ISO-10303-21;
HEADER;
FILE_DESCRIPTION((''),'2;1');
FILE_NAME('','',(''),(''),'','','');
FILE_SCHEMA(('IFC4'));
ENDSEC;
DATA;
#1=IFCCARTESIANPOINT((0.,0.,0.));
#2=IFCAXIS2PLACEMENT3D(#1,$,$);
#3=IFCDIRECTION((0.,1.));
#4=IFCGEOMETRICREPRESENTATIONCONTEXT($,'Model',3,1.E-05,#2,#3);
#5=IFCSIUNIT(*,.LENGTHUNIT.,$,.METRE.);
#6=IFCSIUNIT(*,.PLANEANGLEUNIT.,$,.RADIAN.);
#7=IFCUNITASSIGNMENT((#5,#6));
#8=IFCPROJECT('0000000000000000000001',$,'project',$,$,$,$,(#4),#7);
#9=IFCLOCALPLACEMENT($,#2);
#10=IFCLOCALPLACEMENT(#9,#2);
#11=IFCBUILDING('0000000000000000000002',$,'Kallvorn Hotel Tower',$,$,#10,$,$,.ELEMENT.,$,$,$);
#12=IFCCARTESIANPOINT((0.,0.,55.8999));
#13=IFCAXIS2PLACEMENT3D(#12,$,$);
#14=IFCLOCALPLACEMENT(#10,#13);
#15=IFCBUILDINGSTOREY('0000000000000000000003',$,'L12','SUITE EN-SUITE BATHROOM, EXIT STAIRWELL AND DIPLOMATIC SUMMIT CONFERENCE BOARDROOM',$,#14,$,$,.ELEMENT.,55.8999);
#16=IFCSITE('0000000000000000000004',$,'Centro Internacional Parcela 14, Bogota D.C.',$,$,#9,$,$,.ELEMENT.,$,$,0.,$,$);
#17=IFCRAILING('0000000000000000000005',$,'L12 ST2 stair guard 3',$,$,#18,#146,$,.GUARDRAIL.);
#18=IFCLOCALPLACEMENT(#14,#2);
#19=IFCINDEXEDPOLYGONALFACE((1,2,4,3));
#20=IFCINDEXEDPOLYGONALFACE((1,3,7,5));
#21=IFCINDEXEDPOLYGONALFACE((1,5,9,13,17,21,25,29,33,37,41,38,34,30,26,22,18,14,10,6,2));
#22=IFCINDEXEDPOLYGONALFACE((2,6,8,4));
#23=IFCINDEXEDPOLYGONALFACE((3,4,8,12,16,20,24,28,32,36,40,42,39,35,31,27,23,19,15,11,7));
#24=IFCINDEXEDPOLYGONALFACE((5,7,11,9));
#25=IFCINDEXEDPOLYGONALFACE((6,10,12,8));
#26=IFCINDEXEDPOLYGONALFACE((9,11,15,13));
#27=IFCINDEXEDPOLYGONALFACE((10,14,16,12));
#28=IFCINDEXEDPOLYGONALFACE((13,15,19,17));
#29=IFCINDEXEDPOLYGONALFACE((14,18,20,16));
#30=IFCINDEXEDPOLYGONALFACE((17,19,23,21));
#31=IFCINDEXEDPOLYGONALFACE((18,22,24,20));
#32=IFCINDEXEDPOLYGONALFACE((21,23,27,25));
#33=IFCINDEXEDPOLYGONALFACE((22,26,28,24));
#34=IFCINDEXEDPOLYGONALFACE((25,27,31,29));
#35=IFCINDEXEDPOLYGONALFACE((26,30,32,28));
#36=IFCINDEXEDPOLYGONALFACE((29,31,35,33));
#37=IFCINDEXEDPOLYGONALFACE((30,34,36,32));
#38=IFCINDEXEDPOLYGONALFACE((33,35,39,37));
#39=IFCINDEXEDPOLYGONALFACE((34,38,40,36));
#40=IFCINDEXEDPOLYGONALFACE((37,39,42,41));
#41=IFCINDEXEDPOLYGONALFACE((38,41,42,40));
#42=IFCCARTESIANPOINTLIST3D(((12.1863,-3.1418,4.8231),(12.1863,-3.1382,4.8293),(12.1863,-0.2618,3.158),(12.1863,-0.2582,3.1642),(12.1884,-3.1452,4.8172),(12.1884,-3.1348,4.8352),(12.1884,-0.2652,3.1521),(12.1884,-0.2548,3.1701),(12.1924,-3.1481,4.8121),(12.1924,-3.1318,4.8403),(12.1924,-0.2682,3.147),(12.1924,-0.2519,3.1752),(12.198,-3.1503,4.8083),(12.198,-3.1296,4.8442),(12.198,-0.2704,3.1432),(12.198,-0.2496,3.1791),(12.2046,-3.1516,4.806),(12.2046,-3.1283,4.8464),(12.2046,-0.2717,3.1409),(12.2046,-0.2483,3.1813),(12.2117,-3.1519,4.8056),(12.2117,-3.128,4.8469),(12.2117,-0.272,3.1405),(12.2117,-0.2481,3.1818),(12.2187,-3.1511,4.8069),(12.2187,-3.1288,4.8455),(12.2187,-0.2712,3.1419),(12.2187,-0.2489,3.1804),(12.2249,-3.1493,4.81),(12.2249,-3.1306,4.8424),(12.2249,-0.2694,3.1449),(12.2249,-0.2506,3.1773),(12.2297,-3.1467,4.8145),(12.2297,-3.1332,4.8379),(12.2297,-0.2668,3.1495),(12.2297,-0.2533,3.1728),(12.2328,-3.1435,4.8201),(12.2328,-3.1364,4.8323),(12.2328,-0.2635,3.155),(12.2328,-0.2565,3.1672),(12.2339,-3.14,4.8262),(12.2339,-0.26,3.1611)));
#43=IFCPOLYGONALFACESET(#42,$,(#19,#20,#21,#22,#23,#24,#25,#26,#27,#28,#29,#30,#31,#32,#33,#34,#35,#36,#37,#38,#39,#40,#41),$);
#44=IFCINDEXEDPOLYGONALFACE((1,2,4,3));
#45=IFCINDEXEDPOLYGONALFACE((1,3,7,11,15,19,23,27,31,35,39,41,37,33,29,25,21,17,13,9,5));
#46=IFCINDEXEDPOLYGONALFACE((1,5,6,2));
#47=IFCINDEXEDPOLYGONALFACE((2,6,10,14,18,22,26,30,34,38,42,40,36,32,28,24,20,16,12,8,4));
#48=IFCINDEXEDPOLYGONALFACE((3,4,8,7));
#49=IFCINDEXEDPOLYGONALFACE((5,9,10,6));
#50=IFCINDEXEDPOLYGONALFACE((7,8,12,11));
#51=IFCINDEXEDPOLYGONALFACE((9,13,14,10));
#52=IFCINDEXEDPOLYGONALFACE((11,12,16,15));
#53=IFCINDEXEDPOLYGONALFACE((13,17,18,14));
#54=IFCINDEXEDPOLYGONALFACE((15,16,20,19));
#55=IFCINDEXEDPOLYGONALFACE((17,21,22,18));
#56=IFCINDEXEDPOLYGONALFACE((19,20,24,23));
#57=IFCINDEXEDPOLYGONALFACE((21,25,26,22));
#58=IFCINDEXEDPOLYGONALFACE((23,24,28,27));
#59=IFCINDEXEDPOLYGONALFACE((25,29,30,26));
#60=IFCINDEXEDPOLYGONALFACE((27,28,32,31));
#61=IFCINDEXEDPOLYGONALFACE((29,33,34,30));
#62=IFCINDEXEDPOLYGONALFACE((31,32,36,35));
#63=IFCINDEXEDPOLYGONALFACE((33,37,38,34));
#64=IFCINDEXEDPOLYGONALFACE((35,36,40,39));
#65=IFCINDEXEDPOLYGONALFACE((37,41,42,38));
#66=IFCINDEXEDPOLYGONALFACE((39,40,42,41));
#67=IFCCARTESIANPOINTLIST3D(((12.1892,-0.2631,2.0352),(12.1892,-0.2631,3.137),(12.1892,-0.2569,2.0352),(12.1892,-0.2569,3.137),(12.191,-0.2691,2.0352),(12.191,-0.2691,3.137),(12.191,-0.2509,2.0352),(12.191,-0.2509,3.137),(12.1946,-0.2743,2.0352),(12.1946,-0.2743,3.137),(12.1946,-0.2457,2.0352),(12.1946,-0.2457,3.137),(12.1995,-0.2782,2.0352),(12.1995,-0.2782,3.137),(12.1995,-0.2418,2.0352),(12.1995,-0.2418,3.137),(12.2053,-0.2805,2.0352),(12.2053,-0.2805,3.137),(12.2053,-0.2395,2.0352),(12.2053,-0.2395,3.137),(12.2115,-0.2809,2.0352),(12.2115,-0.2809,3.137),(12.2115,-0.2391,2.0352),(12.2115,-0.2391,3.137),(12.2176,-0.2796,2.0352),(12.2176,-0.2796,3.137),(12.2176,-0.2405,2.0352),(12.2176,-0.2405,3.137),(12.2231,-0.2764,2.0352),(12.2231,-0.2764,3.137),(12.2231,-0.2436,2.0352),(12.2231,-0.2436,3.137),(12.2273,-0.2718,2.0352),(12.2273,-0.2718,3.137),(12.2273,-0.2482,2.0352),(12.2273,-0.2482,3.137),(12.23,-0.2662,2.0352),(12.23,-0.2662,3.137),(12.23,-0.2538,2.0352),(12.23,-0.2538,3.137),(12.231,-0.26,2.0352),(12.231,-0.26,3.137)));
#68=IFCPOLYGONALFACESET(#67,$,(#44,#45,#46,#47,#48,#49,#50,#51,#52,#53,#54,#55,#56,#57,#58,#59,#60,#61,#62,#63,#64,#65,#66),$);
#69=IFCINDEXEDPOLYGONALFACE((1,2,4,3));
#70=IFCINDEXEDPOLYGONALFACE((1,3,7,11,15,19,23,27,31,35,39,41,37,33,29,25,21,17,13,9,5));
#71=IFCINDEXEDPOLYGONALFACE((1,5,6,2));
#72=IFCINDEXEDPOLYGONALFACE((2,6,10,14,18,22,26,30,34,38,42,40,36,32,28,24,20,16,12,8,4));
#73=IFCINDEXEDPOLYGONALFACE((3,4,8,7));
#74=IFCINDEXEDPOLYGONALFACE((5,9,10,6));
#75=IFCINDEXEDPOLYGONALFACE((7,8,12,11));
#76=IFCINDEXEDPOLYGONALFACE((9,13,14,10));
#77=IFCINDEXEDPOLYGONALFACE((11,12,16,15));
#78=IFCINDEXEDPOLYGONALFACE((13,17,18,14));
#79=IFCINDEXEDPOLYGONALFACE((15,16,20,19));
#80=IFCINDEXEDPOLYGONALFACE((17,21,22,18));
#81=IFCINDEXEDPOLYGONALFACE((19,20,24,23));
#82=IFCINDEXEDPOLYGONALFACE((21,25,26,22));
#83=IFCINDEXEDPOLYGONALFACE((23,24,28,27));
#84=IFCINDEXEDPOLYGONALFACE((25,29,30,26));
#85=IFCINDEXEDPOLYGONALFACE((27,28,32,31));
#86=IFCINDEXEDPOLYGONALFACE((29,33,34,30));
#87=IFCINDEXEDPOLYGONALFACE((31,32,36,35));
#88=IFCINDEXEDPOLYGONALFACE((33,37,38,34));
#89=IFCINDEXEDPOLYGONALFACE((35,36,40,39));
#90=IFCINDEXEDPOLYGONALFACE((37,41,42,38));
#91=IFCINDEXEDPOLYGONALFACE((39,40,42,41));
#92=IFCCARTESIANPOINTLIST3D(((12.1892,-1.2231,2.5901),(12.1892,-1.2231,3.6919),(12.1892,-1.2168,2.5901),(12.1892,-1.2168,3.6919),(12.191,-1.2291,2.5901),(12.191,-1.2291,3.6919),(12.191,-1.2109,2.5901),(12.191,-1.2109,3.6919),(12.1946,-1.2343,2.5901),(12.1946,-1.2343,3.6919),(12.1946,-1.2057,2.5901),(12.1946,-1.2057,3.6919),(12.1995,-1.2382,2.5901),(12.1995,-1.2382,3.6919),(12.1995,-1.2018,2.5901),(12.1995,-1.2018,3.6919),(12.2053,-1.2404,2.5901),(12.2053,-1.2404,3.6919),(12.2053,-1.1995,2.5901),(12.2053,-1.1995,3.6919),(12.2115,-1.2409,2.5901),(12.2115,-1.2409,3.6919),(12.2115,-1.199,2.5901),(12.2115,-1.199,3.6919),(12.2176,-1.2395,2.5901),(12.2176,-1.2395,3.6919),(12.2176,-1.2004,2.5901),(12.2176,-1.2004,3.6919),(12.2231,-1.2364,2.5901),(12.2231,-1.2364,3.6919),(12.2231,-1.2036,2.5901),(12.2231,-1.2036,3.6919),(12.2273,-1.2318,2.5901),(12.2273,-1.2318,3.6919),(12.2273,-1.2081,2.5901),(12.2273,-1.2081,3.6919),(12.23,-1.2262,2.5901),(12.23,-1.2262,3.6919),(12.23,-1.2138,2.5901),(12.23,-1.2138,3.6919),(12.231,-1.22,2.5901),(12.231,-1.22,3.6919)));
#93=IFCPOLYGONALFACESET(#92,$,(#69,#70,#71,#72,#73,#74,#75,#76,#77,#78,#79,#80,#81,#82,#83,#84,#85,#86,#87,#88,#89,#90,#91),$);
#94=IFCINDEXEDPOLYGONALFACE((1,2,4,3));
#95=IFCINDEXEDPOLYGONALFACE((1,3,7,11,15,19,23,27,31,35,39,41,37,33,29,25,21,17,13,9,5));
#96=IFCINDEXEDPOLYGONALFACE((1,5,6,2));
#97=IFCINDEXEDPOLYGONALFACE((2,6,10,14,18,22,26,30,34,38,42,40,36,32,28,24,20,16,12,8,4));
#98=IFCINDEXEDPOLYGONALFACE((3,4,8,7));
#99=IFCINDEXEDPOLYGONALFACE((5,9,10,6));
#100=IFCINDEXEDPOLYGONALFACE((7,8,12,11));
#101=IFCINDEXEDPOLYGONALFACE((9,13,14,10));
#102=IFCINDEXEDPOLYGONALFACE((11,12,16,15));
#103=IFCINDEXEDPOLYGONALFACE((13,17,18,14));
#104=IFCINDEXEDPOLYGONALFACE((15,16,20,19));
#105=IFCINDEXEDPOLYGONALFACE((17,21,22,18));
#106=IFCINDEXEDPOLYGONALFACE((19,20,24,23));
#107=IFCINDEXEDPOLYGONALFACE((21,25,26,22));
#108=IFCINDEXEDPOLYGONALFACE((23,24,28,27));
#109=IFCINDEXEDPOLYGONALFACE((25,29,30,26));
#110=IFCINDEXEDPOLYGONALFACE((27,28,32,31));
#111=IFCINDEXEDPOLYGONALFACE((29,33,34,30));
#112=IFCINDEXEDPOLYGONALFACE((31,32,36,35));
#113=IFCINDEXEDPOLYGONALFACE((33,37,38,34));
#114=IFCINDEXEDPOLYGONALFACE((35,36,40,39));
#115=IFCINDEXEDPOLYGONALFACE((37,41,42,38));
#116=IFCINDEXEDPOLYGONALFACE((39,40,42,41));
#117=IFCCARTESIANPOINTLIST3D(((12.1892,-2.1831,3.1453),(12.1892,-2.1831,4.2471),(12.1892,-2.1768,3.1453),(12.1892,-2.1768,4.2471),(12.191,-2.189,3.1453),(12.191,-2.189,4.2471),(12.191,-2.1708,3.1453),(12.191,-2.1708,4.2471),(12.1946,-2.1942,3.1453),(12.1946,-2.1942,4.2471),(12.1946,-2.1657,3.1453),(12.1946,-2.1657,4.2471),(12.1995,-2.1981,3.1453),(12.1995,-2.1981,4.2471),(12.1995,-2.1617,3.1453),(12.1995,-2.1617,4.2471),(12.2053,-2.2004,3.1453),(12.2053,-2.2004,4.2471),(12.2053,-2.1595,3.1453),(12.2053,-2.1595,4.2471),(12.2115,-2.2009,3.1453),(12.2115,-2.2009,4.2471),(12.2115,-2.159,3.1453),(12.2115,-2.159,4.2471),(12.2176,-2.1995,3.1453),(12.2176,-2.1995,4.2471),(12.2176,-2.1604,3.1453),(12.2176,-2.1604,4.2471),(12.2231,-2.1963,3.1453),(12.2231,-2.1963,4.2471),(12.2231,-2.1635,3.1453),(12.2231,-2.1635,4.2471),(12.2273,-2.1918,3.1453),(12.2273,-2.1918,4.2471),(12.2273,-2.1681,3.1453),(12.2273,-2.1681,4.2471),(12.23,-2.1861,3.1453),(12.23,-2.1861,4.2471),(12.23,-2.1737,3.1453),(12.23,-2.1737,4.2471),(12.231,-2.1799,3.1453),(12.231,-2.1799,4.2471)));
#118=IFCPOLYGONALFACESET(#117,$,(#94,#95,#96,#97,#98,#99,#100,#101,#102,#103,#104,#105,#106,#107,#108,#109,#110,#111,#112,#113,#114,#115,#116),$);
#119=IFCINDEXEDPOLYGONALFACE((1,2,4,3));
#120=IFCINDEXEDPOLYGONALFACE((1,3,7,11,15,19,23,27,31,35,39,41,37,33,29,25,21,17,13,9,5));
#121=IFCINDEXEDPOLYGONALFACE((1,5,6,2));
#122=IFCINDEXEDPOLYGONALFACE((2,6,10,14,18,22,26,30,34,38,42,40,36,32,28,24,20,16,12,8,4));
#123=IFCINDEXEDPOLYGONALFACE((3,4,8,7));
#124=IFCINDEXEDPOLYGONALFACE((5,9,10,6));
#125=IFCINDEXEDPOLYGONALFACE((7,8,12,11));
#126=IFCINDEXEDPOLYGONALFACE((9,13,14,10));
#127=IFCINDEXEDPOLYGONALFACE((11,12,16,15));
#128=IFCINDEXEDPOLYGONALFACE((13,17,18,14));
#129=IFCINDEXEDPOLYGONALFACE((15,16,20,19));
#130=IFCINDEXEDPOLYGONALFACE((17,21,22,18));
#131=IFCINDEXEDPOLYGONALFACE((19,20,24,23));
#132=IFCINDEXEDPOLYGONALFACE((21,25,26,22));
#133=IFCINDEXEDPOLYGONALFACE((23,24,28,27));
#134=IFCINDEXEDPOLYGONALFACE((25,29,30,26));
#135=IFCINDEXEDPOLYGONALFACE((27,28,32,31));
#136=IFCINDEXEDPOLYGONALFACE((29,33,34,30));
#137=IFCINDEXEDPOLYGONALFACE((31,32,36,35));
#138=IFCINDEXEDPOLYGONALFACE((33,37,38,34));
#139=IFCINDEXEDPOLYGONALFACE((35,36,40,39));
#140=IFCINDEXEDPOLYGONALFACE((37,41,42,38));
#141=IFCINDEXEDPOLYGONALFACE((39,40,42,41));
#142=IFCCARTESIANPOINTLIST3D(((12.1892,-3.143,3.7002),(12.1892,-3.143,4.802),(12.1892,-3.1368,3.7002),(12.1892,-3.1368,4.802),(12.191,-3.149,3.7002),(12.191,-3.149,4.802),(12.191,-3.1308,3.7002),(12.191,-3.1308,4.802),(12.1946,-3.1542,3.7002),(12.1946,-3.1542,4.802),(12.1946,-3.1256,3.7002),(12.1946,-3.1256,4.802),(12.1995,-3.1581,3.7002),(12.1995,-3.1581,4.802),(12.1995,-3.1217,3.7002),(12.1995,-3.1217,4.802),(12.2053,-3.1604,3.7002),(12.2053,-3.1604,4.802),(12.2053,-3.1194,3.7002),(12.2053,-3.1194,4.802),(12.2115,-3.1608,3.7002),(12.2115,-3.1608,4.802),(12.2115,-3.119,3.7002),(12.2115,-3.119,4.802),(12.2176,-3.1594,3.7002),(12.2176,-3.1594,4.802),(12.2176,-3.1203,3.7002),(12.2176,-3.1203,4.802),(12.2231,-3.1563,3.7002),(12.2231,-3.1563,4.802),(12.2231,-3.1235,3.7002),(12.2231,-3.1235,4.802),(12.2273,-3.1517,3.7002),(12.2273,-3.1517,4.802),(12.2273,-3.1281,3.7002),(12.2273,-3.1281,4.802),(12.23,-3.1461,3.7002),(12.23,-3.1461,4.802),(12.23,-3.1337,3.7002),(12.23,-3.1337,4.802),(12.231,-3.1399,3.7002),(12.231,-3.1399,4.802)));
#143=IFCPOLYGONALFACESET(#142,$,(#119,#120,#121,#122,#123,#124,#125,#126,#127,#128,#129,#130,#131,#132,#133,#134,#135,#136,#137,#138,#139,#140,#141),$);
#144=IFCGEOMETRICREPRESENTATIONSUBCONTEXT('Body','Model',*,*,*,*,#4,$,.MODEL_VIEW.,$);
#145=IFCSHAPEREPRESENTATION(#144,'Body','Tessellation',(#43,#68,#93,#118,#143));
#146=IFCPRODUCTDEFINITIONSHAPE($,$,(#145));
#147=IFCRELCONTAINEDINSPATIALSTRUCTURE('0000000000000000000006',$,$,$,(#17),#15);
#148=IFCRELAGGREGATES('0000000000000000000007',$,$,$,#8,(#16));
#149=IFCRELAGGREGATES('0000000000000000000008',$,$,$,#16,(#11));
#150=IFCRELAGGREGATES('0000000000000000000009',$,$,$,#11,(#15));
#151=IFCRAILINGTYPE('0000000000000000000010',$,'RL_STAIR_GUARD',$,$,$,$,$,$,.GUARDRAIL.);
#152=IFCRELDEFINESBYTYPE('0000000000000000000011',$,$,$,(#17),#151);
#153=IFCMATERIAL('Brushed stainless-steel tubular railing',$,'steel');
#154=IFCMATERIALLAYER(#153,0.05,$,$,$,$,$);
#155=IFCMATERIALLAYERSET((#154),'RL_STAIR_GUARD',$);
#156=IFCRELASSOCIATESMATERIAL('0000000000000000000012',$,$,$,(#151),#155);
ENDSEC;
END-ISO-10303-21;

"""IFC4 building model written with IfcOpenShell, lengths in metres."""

from ifc_helpers import new_model, si_unit, direction, frame, origin, origin_2d, place, context, subcontext, project, spatial, circle, extrude, material, layer, layer_set, type_object, element, save


model = new_model("IFC4")

# Units and contexts
model_context = context("Model", 3, precision=1e-05, world=origin(), true_north=direction((0.0, 1.0)))
body_context = subcontext(model_context, "Body", "Model", "MODEL_VIEW")
ifc_project = project(units=[si_unit("LENGTHUNIT", "METRE"), si_unit("PLANEANGLEUNIT", "RADIAN")], contexts=[model_context])

# Site, building, storey
site_placement = place(None, origin())
site = spatial("IfcSite", under=ifc_project, at=site_placement, Name="Centro Internacional Parcela 14, Bogota D.C.", CompositionType="ELEMENT", RefElevation=0.0)
building_placement = place(site_placement, origin())
building = spatial("IfcBuilding", under=site, at=building_placement, Name="Kallvorn Hotel Tower", CompositionType="ELEMENT")
storey_placement = place(building_placement, frame((0.0, 0.0, 55.8999)))
storey = spatial("IfcBuildingStorey", under=building, at=storey_placement, Name="L12", Description="SUITE EN-SUITE BATHROOM, EXIT STAIRWELL AND DIPLOMATIC SUMMIT CONFERENCE BOARDROOM", CompositionType="ELEMENT", Elevation=55.8999)

# Railing
ifc_material_1 = material(Name="Brushed stainless-steel tubular railing", Category="steel")
ifc_layer_1 = layer(ifc_material_1, 0.05)
ifc_layer_set_1 = layer_set([ifc_layer_1], Name="RL_STAIR_GUARD")
railing_type_1 = type_object("IfcRailingType", Name="RL_STAIR_GUARD", PredefinedType="GUARDRAIL", material=ifc_layer_set_1)
railing_1_placement = place(storey_placement, frame((12.21, -0.26, 2.0352)))
element("IfcRailing", 1, at=railing_1_placement, inside=storey, type_object=railing_type_1, Name="L12 ST2 stair guard 3", PredefinedType="GUARDRAIL", context=body_context, shape_type="SweptSolid", body=[
    extrude(circle(Radius=0.0239, at=origin_2d()), frame((0.0, 0.0, 1.126), z_axis=(0.0, -0.865721, 0.500527), x_axis=(1.0, 0.0, 0.0)), (0.0, 0.0, 1.0), 3.3267),
    extrude(circle(Radius=0.021, at=origin_2d()), origin(), (0.0, 0.0, 1.0), 1.1018),
    extrude(circle(Radius=0.021, at=origin_2d()), frame((0.0, -0.96, 0.5549)), (0.0, 0.0, 1.0), 1.1018),
    extrude(circle(Radius=0.021, at=origin_2d()), frame((0.0, -1.9199, 1.1101)), (0.0, 0.0, 1.0), 1.1018),
    extrude(circle(Radius=0.021, at=origin_2d()), frame((0.0, -2.8799, 1.665)), (0.0, 0.0, 1.0), 1.1018),
])

save(model, "model.ifc")
